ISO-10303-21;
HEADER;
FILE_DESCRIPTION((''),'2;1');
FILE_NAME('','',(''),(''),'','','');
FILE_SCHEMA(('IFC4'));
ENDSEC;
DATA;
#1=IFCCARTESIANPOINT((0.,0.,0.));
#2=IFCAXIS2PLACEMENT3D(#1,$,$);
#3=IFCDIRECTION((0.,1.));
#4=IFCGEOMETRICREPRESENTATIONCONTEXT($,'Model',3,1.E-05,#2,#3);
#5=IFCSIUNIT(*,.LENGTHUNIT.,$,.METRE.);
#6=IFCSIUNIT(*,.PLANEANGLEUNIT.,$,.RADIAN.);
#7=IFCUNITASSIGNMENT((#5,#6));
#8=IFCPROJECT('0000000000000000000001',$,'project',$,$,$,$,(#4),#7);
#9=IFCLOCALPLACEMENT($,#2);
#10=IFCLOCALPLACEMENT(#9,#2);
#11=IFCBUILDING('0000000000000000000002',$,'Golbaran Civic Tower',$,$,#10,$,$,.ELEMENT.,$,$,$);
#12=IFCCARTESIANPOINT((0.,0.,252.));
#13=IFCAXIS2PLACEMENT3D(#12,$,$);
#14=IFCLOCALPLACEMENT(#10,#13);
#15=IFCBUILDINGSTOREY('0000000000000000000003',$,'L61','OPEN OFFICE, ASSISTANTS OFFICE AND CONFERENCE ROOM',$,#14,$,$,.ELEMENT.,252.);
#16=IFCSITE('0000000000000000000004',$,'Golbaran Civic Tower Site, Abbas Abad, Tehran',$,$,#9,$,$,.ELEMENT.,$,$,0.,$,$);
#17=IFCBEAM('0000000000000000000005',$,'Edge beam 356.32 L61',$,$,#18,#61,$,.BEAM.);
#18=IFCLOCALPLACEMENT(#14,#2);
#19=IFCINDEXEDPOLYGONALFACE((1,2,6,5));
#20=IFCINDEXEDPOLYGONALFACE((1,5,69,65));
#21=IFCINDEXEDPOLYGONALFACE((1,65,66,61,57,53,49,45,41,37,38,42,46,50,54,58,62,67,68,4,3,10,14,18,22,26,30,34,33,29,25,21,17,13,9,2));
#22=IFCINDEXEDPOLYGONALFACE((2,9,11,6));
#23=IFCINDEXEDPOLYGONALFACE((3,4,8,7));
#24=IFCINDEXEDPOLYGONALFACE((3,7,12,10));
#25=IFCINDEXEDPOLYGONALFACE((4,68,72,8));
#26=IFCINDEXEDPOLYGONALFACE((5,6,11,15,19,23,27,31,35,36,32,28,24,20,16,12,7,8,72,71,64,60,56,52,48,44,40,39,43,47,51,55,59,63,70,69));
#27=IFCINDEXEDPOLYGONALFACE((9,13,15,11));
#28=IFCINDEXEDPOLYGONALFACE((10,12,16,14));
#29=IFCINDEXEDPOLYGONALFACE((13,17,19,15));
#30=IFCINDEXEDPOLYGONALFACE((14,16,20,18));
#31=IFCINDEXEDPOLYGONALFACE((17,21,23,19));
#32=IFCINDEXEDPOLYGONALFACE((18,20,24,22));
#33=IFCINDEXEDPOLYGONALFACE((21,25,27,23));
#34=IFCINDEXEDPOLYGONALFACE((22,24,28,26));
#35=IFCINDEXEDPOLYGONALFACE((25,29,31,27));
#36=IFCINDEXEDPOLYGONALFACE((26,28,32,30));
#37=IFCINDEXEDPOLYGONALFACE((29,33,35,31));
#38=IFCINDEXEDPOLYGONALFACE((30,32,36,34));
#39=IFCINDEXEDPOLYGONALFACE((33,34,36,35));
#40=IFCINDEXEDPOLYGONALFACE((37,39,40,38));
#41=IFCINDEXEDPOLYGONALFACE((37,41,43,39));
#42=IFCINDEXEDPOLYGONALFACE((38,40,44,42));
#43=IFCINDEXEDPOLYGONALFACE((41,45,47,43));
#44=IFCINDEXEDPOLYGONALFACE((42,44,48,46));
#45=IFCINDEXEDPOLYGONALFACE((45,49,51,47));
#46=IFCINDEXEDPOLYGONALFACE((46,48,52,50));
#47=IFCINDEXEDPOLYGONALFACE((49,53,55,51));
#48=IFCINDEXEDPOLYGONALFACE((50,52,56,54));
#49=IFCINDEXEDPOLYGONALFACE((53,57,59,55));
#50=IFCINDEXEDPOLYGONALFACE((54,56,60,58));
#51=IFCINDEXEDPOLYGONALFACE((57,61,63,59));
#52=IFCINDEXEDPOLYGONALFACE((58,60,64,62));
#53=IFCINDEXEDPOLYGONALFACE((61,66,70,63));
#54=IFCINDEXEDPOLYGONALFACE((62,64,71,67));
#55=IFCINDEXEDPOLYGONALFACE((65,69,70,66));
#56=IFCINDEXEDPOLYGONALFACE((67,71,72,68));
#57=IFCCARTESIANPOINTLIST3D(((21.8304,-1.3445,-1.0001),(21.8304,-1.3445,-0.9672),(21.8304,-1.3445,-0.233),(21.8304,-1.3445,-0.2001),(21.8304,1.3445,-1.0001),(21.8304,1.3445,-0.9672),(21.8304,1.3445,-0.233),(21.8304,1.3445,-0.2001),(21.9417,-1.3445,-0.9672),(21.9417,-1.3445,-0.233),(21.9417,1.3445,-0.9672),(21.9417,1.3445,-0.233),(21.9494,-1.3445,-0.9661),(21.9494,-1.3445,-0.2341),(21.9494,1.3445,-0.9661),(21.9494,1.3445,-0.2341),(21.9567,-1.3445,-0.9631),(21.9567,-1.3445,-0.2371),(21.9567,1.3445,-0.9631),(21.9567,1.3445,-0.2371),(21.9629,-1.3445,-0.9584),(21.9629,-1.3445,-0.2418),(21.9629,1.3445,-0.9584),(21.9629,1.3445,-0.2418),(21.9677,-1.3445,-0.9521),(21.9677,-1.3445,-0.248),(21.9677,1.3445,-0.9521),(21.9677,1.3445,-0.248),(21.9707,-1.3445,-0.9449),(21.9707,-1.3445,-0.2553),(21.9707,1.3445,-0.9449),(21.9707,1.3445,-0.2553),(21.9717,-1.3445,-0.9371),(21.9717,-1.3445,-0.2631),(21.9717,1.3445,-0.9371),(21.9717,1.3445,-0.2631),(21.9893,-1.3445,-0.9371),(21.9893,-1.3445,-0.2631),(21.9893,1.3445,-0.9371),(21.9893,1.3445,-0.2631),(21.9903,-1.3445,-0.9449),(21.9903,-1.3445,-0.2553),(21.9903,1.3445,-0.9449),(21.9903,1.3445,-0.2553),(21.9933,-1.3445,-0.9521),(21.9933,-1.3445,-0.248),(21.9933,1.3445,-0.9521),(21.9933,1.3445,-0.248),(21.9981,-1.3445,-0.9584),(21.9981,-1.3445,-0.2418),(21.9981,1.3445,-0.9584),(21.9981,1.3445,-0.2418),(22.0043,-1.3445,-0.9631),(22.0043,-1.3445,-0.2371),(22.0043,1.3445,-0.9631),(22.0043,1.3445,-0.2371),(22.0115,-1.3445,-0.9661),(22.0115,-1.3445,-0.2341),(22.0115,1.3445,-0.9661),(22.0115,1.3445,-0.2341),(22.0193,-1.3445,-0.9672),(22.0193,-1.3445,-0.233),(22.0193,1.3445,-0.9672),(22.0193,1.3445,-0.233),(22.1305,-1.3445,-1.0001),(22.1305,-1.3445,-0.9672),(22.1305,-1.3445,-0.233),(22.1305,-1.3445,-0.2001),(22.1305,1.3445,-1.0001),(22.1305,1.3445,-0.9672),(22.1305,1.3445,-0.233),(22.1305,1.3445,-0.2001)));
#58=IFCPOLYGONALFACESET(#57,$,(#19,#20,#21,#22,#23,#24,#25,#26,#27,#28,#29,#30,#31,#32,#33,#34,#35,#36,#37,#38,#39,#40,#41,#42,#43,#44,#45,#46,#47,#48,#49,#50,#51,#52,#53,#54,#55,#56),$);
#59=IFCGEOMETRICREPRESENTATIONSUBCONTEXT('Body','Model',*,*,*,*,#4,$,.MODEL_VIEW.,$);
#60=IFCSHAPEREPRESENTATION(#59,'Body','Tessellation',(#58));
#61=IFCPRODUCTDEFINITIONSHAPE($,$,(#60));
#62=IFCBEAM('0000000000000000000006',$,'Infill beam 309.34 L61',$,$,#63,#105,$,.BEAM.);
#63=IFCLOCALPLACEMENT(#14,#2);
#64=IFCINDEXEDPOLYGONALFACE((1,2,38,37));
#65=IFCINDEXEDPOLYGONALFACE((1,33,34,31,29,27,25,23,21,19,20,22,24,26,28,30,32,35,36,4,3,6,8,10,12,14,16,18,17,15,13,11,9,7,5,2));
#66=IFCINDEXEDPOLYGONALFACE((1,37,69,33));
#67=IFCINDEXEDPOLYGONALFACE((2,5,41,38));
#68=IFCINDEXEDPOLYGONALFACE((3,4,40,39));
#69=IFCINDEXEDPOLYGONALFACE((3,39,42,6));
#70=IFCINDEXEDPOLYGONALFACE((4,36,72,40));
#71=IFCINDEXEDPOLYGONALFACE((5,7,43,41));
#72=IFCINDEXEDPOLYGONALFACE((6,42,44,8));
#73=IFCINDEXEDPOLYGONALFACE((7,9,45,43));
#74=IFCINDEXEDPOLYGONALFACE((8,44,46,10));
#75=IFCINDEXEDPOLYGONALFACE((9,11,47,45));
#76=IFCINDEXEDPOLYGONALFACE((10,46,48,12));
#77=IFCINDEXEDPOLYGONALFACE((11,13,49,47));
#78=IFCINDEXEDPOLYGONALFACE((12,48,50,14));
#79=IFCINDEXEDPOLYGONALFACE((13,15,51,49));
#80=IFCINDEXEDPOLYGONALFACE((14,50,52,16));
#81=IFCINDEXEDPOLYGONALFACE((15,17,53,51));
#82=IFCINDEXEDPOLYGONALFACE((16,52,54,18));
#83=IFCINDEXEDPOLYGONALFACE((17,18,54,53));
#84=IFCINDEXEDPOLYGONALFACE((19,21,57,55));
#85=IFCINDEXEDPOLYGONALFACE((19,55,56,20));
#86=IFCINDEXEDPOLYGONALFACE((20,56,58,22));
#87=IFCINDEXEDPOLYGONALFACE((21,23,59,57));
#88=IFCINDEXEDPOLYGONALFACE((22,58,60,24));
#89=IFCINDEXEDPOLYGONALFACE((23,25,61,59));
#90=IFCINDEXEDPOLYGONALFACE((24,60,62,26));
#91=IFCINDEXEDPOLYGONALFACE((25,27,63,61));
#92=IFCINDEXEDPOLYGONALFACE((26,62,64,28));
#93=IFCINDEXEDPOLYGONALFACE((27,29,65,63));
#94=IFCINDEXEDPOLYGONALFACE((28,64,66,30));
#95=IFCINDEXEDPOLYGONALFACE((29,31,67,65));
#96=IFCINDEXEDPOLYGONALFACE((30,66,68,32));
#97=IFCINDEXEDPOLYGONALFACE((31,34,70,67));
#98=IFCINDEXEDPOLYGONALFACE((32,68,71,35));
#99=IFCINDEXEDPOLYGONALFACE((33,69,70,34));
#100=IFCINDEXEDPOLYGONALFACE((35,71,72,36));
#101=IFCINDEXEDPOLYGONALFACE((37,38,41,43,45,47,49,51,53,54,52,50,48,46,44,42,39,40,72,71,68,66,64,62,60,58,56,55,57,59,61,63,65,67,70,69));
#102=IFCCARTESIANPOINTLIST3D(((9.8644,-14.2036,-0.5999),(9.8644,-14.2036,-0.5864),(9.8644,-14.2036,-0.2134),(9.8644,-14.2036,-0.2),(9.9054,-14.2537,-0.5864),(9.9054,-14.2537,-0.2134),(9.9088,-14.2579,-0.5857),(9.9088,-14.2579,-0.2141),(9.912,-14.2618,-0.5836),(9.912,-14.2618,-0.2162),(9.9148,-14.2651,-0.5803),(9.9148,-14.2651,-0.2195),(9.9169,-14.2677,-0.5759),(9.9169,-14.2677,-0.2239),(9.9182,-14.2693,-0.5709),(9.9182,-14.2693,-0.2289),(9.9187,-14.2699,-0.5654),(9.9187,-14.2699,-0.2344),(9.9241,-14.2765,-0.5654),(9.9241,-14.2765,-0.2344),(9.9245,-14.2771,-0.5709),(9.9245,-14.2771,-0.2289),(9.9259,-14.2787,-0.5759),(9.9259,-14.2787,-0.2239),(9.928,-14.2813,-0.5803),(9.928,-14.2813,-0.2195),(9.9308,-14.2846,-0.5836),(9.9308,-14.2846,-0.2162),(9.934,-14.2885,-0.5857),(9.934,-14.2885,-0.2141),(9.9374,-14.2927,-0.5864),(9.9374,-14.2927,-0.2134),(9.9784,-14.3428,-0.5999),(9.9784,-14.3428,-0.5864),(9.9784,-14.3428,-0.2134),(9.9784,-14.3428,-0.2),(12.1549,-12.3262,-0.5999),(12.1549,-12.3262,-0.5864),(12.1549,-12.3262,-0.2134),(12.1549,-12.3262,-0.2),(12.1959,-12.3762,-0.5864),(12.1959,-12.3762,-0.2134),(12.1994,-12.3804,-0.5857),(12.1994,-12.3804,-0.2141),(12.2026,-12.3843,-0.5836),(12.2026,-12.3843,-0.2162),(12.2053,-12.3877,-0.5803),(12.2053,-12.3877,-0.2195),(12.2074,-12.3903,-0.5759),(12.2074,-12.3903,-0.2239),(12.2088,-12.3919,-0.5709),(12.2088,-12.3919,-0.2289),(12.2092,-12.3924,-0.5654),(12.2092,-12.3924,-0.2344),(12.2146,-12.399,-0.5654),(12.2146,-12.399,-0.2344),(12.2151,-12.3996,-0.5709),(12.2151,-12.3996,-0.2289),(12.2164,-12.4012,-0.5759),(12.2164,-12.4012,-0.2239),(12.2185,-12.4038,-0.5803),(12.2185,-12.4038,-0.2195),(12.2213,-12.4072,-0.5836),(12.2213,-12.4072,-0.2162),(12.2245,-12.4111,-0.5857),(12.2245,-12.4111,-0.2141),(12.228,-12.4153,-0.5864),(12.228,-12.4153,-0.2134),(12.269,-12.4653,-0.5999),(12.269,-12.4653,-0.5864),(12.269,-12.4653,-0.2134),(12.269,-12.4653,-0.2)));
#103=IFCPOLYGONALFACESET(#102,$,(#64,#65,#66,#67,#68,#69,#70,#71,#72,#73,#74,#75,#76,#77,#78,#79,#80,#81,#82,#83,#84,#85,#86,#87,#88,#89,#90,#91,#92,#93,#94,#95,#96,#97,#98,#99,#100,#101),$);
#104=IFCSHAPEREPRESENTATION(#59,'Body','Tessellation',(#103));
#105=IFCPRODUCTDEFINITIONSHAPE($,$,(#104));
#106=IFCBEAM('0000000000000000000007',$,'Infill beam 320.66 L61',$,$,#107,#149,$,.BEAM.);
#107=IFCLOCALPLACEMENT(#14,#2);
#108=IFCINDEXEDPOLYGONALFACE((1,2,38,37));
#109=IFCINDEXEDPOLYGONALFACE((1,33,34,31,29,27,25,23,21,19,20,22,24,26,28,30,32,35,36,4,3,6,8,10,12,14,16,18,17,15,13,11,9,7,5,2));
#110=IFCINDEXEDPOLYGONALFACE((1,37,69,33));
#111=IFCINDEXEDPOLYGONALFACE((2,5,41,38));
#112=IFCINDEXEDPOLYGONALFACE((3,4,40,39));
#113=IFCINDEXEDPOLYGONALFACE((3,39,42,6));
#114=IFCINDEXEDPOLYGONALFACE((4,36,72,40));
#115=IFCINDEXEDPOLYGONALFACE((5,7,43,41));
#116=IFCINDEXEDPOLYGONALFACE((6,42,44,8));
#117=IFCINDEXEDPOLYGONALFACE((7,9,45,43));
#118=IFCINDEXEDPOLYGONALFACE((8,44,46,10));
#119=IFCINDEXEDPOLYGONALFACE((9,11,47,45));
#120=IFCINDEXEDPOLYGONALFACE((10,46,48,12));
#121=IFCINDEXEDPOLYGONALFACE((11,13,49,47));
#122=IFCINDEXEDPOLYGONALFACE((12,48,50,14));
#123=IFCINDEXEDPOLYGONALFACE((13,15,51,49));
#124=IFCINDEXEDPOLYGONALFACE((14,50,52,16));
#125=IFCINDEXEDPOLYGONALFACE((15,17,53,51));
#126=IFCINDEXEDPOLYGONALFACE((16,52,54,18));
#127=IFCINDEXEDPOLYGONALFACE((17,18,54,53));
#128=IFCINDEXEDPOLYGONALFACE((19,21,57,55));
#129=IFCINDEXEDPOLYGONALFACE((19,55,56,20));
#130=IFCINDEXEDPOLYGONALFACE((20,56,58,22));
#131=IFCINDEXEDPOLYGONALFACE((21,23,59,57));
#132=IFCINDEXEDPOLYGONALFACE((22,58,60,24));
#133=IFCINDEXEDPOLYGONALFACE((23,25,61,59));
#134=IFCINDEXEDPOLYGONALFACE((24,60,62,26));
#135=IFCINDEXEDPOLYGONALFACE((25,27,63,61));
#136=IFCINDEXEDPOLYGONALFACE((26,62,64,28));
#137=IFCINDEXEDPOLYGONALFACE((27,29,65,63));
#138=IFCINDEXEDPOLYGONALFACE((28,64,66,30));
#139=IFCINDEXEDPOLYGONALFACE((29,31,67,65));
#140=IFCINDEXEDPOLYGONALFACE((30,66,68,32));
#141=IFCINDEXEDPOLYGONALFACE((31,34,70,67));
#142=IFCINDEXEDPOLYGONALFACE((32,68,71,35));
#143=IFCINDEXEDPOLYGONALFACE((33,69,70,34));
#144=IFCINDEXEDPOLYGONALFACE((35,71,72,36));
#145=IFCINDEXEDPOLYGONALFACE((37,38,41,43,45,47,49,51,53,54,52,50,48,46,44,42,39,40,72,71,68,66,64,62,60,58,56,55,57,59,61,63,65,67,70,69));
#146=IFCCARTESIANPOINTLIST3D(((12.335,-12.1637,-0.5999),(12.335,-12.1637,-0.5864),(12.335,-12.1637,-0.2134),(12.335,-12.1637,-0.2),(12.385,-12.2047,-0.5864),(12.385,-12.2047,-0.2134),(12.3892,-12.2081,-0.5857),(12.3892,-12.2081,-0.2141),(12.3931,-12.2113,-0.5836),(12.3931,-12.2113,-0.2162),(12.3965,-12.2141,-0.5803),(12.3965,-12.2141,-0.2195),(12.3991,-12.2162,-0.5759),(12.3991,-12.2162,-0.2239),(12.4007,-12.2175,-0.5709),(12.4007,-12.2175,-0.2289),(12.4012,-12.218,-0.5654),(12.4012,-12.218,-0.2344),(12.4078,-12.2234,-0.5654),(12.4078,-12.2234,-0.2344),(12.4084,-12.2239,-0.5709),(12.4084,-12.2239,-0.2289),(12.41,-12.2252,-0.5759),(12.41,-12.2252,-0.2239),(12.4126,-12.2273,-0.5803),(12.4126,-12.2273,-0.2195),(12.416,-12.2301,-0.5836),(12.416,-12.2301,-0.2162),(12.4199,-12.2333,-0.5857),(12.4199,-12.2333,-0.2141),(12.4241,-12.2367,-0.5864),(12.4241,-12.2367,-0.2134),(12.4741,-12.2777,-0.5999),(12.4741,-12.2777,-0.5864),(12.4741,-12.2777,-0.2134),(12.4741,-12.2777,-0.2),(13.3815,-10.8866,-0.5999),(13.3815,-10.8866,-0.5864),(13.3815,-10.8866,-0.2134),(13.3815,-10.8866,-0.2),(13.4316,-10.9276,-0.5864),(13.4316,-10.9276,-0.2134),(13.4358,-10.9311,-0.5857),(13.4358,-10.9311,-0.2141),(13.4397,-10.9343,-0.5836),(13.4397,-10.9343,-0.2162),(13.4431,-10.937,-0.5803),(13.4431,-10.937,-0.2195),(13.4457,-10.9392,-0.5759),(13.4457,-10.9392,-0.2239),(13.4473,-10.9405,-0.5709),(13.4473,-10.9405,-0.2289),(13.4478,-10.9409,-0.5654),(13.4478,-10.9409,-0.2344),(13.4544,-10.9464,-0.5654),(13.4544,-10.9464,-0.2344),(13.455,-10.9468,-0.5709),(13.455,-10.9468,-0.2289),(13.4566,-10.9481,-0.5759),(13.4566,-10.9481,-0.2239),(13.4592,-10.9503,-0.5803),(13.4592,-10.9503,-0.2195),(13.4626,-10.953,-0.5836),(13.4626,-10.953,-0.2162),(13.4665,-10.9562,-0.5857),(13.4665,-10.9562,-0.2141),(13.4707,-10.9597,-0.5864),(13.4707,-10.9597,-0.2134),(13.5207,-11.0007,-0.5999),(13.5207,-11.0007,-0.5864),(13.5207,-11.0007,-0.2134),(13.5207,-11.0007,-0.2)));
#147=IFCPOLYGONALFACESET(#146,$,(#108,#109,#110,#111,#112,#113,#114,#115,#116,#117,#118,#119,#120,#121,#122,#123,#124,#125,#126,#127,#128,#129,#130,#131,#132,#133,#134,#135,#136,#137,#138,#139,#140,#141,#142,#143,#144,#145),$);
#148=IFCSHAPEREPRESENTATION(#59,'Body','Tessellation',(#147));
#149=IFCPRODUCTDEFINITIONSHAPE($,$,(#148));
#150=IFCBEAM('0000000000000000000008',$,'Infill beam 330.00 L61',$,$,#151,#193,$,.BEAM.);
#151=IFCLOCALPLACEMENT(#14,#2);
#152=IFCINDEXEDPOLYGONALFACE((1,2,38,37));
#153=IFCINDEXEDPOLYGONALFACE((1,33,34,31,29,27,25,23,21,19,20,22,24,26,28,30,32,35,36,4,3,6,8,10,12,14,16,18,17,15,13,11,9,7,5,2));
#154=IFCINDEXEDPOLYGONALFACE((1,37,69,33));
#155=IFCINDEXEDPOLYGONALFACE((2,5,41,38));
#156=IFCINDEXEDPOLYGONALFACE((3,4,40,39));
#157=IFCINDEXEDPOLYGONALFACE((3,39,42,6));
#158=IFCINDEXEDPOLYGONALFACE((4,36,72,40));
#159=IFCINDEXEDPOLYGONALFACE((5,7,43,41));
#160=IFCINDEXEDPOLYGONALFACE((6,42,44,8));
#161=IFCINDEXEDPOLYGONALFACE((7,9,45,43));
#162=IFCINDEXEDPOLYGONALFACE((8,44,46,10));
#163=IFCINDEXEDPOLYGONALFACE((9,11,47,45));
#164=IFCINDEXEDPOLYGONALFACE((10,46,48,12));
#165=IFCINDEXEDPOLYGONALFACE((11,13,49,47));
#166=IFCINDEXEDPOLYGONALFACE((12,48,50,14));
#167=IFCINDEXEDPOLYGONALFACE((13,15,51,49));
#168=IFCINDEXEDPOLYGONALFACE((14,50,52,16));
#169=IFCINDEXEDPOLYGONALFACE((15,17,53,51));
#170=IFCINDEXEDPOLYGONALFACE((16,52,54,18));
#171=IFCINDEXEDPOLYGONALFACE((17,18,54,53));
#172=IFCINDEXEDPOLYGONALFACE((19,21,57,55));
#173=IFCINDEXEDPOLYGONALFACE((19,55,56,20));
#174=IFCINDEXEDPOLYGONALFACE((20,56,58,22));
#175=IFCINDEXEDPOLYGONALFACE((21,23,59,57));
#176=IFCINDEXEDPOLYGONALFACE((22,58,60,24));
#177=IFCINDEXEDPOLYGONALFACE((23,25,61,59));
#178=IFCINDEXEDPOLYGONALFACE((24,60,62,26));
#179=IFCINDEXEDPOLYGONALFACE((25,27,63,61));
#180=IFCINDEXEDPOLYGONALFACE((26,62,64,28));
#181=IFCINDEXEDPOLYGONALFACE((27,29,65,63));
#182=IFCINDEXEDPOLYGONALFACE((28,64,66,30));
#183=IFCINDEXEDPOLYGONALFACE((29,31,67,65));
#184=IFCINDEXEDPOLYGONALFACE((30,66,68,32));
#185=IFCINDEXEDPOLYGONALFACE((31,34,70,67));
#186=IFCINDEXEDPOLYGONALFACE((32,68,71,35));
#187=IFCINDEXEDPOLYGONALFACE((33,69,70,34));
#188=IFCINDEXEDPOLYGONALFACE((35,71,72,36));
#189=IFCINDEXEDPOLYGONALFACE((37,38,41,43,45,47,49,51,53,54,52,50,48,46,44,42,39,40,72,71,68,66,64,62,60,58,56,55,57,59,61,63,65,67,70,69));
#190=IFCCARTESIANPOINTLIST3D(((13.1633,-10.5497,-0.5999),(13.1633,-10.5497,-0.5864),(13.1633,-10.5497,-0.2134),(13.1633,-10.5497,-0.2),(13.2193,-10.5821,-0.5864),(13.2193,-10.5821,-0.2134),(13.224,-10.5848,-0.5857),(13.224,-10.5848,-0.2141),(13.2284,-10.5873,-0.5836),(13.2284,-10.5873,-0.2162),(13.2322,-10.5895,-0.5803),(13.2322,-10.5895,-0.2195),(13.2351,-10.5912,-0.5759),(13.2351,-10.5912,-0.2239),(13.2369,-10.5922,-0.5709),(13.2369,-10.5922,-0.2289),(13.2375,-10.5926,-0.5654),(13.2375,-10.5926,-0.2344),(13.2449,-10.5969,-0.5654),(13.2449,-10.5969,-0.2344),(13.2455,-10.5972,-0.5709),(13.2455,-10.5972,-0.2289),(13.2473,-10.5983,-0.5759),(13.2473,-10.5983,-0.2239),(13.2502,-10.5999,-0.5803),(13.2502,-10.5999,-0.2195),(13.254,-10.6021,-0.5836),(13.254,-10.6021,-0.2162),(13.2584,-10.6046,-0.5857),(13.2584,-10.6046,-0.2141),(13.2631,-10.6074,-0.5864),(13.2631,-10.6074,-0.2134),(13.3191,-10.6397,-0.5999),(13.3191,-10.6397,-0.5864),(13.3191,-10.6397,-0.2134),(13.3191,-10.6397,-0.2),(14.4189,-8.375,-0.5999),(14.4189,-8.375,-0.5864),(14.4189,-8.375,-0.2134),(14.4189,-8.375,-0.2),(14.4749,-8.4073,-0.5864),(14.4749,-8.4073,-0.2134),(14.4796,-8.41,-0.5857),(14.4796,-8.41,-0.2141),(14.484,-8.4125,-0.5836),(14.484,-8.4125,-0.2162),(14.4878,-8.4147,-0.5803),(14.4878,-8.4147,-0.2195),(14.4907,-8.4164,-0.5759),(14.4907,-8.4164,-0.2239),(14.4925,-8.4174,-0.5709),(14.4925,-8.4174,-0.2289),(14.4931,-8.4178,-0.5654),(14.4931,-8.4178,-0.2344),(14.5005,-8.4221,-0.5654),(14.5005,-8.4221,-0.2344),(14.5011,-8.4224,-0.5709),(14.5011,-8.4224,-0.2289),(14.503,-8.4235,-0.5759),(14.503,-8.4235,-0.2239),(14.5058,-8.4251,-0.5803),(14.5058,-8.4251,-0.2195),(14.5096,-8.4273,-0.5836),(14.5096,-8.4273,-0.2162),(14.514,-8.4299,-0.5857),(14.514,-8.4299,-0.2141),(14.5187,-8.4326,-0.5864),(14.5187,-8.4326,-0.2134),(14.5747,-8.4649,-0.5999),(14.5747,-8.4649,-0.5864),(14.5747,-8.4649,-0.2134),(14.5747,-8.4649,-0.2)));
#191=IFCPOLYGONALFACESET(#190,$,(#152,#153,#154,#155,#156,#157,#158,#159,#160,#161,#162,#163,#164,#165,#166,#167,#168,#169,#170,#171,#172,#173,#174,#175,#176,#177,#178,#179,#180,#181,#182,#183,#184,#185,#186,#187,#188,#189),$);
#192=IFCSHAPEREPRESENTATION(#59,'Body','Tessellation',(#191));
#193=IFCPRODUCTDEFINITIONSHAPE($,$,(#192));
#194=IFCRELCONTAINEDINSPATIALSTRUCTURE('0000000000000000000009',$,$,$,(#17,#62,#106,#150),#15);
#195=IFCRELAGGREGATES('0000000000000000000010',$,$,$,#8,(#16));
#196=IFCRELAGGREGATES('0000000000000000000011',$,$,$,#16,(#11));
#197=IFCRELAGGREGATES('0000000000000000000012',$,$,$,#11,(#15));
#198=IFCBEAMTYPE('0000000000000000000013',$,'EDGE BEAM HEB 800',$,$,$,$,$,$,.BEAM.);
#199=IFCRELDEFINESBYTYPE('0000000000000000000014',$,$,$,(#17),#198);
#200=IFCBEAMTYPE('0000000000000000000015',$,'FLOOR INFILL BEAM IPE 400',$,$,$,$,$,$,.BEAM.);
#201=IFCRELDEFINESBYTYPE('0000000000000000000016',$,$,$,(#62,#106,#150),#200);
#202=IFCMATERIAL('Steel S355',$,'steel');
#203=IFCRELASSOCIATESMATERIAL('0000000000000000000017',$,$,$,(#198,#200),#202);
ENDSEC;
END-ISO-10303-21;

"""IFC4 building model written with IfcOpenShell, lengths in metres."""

from ifc_helpers import new_model, si_unit, direction, frame, origin, origin_2d, place, context, subcontext, project, spatial, i_section, extrude, material, material_profile, profile_set, type_object, element, save


model = new_model("IFC4")

# Units and contexts
model_context = context("Model", 3, precision=1e-05, world=origin(), true_north=direction((0.0, 1.0)))
body_context = subcontext(model_context, "Body", "Model", "MODEL_VIEW")
ifc_project = project(units=[si_unit("LENGTHUNIT", "METRE"), si_unit("PLANEANGLEUNIT", "RADIAN")], contexts=[model_context])

# Site, building, storey
site_placement = place(None, origin())
site = spatial("IfcSite", under=ifc_project, at=site_placement, Name="Golbaran Civic Tower Site, Abbas Abad, Tehran", CompositionType="ELEMENT", RefElevation=0.0)
building_placement = place(site_placement, origin())
building = spatial("IfcBuilding", under=site, at=building_placement, Name="Golbaran Civic Tower", CompositionType="ELEMENT")
storey_placement = place(building_placement, frame((0.0, 0.0, 252.0)))
storey = spatial("IfcBuildingStorey", under=building, at=storey_placement, Name="L61", Description="OPEN OFFICE, ASSISTANTS OFFICE AND CONFERENCE ROOM", CompositionType="ELEMENT", Elevation=252.0)

# Beams
ifc_material_1 = material(Name="Steel S355", Category="steel")
ifc_material_profile_1 = material_profile(ifc_material_1, i_section(OverallWidth=0.3, OverallDepth=0.8, WebThickness=0.0176, FlangeThickness=0.033, FilletRadius=0.03, at=origin_2d()), Name="HEB 800")
ifc_profile_set_1 = profile_set([ifc_material_profile_1], Name="Steel S355")
beam_type_1 = type_object("IfcBeamType", Name="EDGE BEAM HEB 800", PredefinedType="BEAM", material=ifc_profile_set_1)
beam_1_placement = place(storey_placement, frame((21.9805, -1.3445, -0.6001), z_axis=(0.0, 1.0, 0.0), x_axis=(-1.0, 0.0, 0.0)))
element("IfcBeam", 1, at=beam_1_placement, inside=storey, type_object=beam_type_1, Name="Edge beam 356.32 L61", PredefinedType="BEAM", context=body_context, shape_type="SweptSolid", body=[
    extrude(i_section(OverallWidth=0.3, OverallDepth=0.8, WebThickness=0.0176, FlangeThickness=0.033, FilletRadius=0.03, at=origin_2d()), origin(), (0.0, 0.0, 1.0), 2.689),
])
ifc_material_profile_2 = material_profile(ifc_material_1, i_section(OverallWidth=0.1799, OverallDepth=0.3999, WebThickness=0.0085, FlangeThickness=0.0134, FilletRadius=0.021, at=origin_2d()), Name="IPE 400")
ifc_profile_set_2 = profile_set([ifc_material_profile_2], Name="Steel S355")
beam_type_2 = type_object("IfcBeamType", Name="FLOOR INFILL BEAM IPE 400", PredefinedType="BEAM", material=ifc_profile_set_2)
beam_2_placement = place(storey_placement, frame((9.9214, -14.2732, -0.3999), z_axis=(0.773399, 0.63392, 0.0), x_axis=(-0.63392, 0.773399, 0.0)))
element("IfcBeam", 2, at=beam_2_placement, inside=storey, type_object=beam_type_2, Name="Infill beam 309.34 L61", PredefinedType="BEAM", context=body_context, shape_type="SweptSolid", body=[
    extrude(i_section(OverallWidth=0.1799, OverallDepth=0.3999, WebThickness=0.0085, FlangeThickness=0.0134, FilletRadius=0.021, at=origin_2d()), origin(), (0.0, 0.0, 1.0), 2.9617),
])
beam_3_placement = place(storey_placement, frame((12.4045, -12.2207, -0.3999), z_axis=(0.633866, 0.773443, 0.0), x_axis=(-0.773443, 0.633866, 0.0)))
element("IfcBeam", 3, at=beam_3_placement, inside=storey, type_object=beam_type_2, Name="Infill beam 320.66 L61", PredefinedType="BEAM", context=body_context, shape_type="SweptSolid", body=[
    extrude(i_section(OverallWidth=0.1799, OverallDepth=0.3999, WebThickness=0.0085, FlangeThickness=0.0134, FilletRadius=0.021, at=origin_2d()), origin(), (0.0, 0.0, 1.0), 1.6511),
])
beam_4_placement = place(storey_placement, frame((13.2412, -10.5947, -0.3999), z_axis=(0.499997, 0.866027, 0.0), x_axis=(-0.866027, 0.499997, 0.0)))
element("IfcBeam", 4, at=beam_4_placement, inside=storey, type_object=beam_type_2, Name="Infill beam 330.00 L61", PredefinedType="BEAM", context=body_context, shape_type="SweptSolid", body=[
    extrude(i_section(OverallWidth=0.1799, OverallDepth=0.3999, WebThickness=0.0085, FlangeThickness=0.0134, FilletRadius=0.021, at=origin_2d()), origin(), (0.0, 0.0, 1.0), 2.5112),
])

save(model, "model.ifc")
